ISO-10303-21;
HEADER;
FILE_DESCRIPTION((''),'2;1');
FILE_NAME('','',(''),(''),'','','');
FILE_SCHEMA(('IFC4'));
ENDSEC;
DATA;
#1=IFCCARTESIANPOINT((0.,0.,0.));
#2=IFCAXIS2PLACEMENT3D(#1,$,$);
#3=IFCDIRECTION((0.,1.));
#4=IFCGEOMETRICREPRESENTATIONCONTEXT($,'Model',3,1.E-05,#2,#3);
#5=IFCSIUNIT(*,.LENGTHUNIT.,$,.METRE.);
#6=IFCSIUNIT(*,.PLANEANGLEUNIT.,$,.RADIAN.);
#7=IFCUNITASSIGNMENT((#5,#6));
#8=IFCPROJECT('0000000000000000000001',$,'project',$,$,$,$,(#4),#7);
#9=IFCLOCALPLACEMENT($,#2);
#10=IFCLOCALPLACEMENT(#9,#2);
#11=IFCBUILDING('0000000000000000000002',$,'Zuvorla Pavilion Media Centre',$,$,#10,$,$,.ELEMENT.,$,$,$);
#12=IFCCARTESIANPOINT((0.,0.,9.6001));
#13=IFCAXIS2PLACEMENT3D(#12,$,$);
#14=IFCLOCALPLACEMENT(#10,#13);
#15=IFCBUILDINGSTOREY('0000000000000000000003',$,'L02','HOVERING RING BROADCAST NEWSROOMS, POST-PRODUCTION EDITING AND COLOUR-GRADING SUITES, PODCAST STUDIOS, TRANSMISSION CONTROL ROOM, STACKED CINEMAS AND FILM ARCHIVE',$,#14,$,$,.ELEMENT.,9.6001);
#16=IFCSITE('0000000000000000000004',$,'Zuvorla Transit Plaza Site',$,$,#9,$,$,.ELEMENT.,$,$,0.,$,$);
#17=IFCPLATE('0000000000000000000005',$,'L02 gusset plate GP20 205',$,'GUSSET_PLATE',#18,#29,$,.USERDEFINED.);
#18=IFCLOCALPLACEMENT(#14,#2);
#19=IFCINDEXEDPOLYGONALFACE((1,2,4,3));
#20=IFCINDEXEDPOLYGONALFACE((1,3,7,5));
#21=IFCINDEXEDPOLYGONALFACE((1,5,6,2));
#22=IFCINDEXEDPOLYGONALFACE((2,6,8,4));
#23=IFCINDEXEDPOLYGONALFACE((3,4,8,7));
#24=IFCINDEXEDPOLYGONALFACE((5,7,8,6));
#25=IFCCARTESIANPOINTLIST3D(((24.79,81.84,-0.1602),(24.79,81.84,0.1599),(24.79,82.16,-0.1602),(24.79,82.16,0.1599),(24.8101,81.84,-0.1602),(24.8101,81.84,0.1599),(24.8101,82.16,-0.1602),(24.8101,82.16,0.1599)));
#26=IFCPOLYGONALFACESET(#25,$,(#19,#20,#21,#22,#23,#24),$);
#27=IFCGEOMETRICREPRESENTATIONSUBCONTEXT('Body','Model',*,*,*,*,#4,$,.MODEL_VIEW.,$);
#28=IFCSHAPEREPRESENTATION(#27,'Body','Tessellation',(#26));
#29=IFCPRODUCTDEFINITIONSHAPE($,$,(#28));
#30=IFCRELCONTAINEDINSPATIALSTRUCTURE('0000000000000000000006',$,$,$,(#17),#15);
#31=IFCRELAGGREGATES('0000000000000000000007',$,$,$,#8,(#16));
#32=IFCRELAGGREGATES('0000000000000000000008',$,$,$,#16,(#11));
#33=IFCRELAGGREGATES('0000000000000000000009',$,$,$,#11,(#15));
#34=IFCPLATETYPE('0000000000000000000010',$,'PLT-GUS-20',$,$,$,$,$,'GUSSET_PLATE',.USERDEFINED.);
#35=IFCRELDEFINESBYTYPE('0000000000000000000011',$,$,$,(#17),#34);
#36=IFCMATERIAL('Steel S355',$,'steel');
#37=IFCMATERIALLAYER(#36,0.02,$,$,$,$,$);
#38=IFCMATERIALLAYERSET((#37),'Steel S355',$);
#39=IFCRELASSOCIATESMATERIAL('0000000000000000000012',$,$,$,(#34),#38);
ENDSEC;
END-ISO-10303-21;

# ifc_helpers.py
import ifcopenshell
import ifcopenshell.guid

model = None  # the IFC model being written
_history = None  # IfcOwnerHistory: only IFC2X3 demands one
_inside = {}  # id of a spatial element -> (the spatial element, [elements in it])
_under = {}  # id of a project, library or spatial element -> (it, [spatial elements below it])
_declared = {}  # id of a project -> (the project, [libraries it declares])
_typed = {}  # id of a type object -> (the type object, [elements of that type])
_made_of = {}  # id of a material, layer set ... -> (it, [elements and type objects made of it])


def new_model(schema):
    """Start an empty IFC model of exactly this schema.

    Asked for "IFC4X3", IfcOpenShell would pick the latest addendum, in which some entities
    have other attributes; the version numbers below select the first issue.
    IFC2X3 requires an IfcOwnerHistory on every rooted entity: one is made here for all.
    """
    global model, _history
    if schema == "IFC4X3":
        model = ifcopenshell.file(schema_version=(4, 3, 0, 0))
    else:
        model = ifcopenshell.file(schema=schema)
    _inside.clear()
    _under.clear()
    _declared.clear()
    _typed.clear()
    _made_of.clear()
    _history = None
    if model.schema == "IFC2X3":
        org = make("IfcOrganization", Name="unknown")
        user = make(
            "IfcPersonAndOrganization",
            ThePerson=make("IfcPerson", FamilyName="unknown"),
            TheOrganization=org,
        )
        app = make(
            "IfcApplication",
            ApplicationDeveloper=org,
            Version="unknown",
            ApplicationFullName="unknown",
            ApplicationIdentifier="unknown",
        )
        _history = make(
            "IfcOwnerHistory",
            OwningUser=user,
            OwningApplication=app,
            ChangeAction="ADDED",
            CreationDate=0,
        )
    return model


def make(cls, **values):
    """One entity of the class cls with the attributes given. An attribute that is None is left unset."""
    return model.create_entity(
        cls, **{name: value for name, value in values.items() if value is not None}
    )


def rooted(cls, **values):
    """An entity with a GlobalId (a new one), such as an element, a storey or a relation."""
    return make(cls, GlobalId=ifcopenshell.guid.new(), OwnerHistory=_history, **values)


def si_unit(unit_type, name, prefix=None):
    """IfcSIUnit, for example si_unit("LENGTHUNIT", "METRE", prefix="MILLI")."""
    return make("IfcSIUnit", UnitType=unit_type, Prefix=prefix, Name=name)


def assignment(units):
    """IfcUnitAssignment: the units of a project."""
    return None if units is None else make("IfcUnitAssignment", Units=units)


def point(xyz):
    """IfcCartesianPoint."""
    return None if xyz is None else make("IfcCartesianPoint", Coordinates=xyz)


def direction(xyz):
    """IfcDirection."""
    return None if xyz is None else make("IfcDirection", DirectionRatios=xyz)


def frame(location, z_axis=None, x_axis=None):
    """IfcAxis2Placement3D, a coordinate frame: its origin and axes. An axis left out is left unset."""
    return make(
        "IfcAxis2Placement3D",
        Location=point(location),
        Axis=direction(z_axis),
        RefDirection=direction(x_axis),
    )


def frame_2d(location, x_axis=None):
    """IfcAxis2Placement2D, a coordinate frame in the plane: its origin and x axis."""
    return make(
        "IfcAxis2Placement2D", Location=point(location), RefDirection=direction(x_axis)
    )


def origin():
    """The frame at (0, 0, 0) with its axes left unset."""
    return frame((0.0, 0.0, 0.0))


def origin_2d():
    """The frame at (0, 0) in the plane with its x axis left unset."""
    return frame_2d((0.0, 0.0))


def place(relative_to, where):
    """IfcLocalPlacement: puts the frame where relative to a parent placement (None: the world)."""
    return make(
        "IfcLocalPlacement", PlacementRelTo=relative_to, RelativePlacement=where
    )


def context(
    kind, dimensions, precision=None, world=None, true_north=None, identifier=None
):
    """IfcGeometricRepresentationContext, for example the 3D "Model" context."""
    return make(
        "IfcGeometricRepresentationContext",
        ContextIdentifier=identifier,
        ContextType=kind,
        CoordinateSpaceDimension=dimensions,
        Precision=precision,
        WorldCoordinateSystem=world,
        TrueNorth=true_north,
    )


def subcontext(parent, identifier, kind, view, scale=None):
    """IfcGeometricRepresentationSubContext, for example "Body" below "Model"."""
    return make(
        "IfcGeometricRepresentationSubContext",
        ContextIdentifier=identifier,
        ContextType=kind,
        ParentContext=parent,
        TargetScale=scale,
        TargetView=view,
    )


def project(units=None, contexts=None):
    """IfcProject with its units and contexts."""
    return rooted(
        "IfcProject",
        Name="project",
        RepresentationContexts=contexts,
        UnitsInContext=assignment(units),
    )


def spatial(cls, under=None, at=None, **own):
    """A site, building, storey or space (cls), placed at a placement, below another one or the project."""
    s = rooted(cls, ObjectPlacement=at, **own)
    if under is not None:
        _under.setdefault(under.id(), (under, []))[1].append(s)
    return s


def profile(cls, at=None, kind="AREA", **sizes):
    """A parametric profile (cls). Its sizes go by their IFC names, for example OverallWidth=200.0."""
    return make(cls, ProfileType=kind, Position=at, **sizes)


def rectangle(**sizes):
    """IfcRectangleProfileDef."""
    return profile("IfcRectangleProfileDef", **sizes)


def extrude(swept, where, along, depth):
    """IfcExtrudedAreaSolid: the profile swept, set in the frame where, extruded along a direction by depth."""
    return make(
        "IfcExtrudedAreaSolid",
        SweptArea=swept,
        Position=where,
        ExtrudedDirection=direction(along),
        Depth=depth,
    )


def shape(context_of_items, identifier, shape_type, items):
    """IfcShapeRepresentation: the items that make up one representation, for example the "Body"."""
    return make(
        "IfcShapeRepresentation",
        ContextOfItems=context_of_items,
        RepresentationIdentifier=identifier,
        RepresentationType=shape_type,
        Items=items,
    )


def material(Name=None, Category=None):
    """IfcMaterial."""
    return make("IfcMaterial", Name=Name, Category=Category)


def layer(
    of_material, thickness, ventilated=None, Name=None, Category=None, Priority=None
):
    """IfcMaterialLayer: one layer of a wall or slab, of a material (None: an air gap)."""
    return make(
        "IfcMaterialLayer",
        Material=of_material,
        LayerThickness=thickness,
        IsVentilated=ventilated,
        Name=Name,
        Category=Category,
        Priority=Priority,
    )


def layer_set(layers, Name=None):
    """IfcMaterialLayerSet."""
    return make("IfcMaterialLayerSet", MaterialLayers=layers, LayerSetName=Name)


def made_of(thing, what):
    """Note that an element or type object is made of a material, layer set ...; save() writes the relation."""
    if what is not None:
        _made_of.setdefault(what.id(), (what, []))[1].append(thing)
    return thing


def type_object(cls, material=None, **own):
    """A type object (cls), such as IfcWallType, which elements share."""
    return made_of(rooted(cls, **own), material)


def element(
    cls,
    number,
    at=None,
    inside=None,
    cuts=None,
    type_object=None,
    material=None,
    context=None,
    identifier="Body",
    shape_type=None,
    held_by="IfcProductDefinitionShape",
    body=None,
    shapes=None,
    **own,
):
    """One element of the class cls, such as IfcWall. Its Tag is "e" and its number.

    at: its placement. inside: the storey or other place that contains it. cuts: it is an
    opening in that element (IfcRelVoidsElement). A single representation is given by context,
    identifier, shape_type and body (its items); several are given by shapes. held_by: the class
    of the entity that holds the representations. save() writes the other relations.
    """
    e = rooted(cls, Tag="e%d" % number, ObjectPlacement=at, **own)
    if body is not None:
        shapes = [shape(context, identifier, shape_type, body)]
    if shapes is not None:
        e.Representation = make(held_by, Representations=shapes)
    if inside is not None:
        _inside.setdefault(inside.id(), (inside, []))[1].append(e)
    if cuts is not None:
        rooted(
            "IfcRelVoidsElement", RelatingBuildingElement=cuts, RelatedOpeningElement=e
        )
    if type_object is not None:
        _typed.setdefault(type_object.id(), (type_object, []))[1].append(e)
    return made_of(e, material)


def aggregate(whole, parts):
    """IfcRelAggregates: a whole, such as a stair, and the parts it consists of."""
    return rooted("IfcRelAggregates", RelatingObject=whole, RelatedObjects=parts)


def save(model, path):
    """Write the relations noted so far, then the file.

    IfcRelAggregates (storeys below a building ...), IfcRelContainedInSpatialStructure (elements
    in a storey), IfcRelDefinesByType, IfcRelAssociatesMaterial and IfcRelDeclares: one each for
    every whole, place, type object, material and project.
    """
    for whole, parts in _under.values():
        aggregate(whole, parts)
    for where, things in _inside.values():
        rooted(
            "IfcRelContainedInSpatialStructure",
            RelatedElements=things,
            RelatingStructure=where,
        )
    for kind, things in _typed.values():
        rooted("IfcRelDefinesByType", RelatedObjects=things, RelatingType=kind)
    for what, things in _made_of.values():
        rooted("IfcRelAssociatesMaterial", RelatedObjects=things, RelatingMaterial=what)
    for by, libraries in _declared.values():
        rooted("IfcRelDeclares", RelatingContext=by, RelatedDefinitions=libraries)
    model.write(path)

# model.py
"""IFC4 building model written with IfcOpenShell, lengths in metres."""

from ifc_helpers import new_model, si_unit, direction, frame, origin, origin_2d, place, context, subcontext, project, spatial, rectangle, extrude, material, layer, layer_set, type_object, element, save


model = new_model("IFC4")

# Units and contexts
model_context = context("Model", 3, precision=1e-05, world=origin(), true_north=direction((0.0, 1.0)))
body_context = subcontext(model_context, "Body", "Model", "MODEL_VIEW")
ifc_project = project(units=[si_unit("LENGTHUNIT", "METRE"), si_unit("PLANEANGLEUNIT", "RADIAN")], contexts=[model_context])

# Site, building, storey
site_placement = place(None, origin())
site = spatial("IfcSite", under=ifc_project, at=site_placement, Name="Zuvorla Transit Plaza Site", CompositionType="ELEMENT", RefElevation=0.0)
building_placement = place(site_placement, origin())
building = spatial("IfcBuilding", under=site, at=building_placement, Name="Zuvorla Pavilion Media Centre", CompositionType="ELEMENT")
storey_placement = place(building_placement, frame((0.0, 0.0, 9.6001)))
storey = spatial("IfcBuildingStorey", under=building, at=storey_placement, Name="L02", Description="HOVERING RING BROADCAST NEWSROOMS, POST-PRODUCTION EDITING AND COLOUR-GRADING SUITES, PODCAST STUDIOS, TRANSMISSION CONTROL ROOM, STACKED CINEMAS AND FILM ARCHIVE", CompositionType="ELEMENT", Elevation=9.6001)

# Shared definitions
ifc_material_1 = material(Name="Steel S355", Category="steel")

# Plate
ifc_layer_1 = layer(ifc_material_1, 0.02)
ifc_layer_set_1 = layer_set([ifc_layer_1], Name="Steel S355")
plate_type_1 = type_object("IfcPlateType", Name="PLT-GUS-20", ElementType="GUSSET_PLATE", PredefinedType="USERDEFINED", material=ifc_layer_set_1)
plate_1_placement = place(storey_placement, frame((24.8, 82.0, -0.1602), z_axis=(0.0, 0.0, 1.0), x_axis=(1.0, 0.0, 0.0)))
element("IfcPlate", 1, at=plate_1_placement, inside=storey, type_object=plate_type_1, Name="L02 gusset plate GP20 205", ObjectType="GUSSET_PLATE", PredefinedType="USERDEFINED", context=body_context, shape_type="SweptSolid", body=[
    extrude(rectangle(XDim=0.02, YDim=0.3201, at=origin_2d()), origin(), (0.0, 0.0, 1.0), 0.3201),
])

save(model, "model.ifc")
